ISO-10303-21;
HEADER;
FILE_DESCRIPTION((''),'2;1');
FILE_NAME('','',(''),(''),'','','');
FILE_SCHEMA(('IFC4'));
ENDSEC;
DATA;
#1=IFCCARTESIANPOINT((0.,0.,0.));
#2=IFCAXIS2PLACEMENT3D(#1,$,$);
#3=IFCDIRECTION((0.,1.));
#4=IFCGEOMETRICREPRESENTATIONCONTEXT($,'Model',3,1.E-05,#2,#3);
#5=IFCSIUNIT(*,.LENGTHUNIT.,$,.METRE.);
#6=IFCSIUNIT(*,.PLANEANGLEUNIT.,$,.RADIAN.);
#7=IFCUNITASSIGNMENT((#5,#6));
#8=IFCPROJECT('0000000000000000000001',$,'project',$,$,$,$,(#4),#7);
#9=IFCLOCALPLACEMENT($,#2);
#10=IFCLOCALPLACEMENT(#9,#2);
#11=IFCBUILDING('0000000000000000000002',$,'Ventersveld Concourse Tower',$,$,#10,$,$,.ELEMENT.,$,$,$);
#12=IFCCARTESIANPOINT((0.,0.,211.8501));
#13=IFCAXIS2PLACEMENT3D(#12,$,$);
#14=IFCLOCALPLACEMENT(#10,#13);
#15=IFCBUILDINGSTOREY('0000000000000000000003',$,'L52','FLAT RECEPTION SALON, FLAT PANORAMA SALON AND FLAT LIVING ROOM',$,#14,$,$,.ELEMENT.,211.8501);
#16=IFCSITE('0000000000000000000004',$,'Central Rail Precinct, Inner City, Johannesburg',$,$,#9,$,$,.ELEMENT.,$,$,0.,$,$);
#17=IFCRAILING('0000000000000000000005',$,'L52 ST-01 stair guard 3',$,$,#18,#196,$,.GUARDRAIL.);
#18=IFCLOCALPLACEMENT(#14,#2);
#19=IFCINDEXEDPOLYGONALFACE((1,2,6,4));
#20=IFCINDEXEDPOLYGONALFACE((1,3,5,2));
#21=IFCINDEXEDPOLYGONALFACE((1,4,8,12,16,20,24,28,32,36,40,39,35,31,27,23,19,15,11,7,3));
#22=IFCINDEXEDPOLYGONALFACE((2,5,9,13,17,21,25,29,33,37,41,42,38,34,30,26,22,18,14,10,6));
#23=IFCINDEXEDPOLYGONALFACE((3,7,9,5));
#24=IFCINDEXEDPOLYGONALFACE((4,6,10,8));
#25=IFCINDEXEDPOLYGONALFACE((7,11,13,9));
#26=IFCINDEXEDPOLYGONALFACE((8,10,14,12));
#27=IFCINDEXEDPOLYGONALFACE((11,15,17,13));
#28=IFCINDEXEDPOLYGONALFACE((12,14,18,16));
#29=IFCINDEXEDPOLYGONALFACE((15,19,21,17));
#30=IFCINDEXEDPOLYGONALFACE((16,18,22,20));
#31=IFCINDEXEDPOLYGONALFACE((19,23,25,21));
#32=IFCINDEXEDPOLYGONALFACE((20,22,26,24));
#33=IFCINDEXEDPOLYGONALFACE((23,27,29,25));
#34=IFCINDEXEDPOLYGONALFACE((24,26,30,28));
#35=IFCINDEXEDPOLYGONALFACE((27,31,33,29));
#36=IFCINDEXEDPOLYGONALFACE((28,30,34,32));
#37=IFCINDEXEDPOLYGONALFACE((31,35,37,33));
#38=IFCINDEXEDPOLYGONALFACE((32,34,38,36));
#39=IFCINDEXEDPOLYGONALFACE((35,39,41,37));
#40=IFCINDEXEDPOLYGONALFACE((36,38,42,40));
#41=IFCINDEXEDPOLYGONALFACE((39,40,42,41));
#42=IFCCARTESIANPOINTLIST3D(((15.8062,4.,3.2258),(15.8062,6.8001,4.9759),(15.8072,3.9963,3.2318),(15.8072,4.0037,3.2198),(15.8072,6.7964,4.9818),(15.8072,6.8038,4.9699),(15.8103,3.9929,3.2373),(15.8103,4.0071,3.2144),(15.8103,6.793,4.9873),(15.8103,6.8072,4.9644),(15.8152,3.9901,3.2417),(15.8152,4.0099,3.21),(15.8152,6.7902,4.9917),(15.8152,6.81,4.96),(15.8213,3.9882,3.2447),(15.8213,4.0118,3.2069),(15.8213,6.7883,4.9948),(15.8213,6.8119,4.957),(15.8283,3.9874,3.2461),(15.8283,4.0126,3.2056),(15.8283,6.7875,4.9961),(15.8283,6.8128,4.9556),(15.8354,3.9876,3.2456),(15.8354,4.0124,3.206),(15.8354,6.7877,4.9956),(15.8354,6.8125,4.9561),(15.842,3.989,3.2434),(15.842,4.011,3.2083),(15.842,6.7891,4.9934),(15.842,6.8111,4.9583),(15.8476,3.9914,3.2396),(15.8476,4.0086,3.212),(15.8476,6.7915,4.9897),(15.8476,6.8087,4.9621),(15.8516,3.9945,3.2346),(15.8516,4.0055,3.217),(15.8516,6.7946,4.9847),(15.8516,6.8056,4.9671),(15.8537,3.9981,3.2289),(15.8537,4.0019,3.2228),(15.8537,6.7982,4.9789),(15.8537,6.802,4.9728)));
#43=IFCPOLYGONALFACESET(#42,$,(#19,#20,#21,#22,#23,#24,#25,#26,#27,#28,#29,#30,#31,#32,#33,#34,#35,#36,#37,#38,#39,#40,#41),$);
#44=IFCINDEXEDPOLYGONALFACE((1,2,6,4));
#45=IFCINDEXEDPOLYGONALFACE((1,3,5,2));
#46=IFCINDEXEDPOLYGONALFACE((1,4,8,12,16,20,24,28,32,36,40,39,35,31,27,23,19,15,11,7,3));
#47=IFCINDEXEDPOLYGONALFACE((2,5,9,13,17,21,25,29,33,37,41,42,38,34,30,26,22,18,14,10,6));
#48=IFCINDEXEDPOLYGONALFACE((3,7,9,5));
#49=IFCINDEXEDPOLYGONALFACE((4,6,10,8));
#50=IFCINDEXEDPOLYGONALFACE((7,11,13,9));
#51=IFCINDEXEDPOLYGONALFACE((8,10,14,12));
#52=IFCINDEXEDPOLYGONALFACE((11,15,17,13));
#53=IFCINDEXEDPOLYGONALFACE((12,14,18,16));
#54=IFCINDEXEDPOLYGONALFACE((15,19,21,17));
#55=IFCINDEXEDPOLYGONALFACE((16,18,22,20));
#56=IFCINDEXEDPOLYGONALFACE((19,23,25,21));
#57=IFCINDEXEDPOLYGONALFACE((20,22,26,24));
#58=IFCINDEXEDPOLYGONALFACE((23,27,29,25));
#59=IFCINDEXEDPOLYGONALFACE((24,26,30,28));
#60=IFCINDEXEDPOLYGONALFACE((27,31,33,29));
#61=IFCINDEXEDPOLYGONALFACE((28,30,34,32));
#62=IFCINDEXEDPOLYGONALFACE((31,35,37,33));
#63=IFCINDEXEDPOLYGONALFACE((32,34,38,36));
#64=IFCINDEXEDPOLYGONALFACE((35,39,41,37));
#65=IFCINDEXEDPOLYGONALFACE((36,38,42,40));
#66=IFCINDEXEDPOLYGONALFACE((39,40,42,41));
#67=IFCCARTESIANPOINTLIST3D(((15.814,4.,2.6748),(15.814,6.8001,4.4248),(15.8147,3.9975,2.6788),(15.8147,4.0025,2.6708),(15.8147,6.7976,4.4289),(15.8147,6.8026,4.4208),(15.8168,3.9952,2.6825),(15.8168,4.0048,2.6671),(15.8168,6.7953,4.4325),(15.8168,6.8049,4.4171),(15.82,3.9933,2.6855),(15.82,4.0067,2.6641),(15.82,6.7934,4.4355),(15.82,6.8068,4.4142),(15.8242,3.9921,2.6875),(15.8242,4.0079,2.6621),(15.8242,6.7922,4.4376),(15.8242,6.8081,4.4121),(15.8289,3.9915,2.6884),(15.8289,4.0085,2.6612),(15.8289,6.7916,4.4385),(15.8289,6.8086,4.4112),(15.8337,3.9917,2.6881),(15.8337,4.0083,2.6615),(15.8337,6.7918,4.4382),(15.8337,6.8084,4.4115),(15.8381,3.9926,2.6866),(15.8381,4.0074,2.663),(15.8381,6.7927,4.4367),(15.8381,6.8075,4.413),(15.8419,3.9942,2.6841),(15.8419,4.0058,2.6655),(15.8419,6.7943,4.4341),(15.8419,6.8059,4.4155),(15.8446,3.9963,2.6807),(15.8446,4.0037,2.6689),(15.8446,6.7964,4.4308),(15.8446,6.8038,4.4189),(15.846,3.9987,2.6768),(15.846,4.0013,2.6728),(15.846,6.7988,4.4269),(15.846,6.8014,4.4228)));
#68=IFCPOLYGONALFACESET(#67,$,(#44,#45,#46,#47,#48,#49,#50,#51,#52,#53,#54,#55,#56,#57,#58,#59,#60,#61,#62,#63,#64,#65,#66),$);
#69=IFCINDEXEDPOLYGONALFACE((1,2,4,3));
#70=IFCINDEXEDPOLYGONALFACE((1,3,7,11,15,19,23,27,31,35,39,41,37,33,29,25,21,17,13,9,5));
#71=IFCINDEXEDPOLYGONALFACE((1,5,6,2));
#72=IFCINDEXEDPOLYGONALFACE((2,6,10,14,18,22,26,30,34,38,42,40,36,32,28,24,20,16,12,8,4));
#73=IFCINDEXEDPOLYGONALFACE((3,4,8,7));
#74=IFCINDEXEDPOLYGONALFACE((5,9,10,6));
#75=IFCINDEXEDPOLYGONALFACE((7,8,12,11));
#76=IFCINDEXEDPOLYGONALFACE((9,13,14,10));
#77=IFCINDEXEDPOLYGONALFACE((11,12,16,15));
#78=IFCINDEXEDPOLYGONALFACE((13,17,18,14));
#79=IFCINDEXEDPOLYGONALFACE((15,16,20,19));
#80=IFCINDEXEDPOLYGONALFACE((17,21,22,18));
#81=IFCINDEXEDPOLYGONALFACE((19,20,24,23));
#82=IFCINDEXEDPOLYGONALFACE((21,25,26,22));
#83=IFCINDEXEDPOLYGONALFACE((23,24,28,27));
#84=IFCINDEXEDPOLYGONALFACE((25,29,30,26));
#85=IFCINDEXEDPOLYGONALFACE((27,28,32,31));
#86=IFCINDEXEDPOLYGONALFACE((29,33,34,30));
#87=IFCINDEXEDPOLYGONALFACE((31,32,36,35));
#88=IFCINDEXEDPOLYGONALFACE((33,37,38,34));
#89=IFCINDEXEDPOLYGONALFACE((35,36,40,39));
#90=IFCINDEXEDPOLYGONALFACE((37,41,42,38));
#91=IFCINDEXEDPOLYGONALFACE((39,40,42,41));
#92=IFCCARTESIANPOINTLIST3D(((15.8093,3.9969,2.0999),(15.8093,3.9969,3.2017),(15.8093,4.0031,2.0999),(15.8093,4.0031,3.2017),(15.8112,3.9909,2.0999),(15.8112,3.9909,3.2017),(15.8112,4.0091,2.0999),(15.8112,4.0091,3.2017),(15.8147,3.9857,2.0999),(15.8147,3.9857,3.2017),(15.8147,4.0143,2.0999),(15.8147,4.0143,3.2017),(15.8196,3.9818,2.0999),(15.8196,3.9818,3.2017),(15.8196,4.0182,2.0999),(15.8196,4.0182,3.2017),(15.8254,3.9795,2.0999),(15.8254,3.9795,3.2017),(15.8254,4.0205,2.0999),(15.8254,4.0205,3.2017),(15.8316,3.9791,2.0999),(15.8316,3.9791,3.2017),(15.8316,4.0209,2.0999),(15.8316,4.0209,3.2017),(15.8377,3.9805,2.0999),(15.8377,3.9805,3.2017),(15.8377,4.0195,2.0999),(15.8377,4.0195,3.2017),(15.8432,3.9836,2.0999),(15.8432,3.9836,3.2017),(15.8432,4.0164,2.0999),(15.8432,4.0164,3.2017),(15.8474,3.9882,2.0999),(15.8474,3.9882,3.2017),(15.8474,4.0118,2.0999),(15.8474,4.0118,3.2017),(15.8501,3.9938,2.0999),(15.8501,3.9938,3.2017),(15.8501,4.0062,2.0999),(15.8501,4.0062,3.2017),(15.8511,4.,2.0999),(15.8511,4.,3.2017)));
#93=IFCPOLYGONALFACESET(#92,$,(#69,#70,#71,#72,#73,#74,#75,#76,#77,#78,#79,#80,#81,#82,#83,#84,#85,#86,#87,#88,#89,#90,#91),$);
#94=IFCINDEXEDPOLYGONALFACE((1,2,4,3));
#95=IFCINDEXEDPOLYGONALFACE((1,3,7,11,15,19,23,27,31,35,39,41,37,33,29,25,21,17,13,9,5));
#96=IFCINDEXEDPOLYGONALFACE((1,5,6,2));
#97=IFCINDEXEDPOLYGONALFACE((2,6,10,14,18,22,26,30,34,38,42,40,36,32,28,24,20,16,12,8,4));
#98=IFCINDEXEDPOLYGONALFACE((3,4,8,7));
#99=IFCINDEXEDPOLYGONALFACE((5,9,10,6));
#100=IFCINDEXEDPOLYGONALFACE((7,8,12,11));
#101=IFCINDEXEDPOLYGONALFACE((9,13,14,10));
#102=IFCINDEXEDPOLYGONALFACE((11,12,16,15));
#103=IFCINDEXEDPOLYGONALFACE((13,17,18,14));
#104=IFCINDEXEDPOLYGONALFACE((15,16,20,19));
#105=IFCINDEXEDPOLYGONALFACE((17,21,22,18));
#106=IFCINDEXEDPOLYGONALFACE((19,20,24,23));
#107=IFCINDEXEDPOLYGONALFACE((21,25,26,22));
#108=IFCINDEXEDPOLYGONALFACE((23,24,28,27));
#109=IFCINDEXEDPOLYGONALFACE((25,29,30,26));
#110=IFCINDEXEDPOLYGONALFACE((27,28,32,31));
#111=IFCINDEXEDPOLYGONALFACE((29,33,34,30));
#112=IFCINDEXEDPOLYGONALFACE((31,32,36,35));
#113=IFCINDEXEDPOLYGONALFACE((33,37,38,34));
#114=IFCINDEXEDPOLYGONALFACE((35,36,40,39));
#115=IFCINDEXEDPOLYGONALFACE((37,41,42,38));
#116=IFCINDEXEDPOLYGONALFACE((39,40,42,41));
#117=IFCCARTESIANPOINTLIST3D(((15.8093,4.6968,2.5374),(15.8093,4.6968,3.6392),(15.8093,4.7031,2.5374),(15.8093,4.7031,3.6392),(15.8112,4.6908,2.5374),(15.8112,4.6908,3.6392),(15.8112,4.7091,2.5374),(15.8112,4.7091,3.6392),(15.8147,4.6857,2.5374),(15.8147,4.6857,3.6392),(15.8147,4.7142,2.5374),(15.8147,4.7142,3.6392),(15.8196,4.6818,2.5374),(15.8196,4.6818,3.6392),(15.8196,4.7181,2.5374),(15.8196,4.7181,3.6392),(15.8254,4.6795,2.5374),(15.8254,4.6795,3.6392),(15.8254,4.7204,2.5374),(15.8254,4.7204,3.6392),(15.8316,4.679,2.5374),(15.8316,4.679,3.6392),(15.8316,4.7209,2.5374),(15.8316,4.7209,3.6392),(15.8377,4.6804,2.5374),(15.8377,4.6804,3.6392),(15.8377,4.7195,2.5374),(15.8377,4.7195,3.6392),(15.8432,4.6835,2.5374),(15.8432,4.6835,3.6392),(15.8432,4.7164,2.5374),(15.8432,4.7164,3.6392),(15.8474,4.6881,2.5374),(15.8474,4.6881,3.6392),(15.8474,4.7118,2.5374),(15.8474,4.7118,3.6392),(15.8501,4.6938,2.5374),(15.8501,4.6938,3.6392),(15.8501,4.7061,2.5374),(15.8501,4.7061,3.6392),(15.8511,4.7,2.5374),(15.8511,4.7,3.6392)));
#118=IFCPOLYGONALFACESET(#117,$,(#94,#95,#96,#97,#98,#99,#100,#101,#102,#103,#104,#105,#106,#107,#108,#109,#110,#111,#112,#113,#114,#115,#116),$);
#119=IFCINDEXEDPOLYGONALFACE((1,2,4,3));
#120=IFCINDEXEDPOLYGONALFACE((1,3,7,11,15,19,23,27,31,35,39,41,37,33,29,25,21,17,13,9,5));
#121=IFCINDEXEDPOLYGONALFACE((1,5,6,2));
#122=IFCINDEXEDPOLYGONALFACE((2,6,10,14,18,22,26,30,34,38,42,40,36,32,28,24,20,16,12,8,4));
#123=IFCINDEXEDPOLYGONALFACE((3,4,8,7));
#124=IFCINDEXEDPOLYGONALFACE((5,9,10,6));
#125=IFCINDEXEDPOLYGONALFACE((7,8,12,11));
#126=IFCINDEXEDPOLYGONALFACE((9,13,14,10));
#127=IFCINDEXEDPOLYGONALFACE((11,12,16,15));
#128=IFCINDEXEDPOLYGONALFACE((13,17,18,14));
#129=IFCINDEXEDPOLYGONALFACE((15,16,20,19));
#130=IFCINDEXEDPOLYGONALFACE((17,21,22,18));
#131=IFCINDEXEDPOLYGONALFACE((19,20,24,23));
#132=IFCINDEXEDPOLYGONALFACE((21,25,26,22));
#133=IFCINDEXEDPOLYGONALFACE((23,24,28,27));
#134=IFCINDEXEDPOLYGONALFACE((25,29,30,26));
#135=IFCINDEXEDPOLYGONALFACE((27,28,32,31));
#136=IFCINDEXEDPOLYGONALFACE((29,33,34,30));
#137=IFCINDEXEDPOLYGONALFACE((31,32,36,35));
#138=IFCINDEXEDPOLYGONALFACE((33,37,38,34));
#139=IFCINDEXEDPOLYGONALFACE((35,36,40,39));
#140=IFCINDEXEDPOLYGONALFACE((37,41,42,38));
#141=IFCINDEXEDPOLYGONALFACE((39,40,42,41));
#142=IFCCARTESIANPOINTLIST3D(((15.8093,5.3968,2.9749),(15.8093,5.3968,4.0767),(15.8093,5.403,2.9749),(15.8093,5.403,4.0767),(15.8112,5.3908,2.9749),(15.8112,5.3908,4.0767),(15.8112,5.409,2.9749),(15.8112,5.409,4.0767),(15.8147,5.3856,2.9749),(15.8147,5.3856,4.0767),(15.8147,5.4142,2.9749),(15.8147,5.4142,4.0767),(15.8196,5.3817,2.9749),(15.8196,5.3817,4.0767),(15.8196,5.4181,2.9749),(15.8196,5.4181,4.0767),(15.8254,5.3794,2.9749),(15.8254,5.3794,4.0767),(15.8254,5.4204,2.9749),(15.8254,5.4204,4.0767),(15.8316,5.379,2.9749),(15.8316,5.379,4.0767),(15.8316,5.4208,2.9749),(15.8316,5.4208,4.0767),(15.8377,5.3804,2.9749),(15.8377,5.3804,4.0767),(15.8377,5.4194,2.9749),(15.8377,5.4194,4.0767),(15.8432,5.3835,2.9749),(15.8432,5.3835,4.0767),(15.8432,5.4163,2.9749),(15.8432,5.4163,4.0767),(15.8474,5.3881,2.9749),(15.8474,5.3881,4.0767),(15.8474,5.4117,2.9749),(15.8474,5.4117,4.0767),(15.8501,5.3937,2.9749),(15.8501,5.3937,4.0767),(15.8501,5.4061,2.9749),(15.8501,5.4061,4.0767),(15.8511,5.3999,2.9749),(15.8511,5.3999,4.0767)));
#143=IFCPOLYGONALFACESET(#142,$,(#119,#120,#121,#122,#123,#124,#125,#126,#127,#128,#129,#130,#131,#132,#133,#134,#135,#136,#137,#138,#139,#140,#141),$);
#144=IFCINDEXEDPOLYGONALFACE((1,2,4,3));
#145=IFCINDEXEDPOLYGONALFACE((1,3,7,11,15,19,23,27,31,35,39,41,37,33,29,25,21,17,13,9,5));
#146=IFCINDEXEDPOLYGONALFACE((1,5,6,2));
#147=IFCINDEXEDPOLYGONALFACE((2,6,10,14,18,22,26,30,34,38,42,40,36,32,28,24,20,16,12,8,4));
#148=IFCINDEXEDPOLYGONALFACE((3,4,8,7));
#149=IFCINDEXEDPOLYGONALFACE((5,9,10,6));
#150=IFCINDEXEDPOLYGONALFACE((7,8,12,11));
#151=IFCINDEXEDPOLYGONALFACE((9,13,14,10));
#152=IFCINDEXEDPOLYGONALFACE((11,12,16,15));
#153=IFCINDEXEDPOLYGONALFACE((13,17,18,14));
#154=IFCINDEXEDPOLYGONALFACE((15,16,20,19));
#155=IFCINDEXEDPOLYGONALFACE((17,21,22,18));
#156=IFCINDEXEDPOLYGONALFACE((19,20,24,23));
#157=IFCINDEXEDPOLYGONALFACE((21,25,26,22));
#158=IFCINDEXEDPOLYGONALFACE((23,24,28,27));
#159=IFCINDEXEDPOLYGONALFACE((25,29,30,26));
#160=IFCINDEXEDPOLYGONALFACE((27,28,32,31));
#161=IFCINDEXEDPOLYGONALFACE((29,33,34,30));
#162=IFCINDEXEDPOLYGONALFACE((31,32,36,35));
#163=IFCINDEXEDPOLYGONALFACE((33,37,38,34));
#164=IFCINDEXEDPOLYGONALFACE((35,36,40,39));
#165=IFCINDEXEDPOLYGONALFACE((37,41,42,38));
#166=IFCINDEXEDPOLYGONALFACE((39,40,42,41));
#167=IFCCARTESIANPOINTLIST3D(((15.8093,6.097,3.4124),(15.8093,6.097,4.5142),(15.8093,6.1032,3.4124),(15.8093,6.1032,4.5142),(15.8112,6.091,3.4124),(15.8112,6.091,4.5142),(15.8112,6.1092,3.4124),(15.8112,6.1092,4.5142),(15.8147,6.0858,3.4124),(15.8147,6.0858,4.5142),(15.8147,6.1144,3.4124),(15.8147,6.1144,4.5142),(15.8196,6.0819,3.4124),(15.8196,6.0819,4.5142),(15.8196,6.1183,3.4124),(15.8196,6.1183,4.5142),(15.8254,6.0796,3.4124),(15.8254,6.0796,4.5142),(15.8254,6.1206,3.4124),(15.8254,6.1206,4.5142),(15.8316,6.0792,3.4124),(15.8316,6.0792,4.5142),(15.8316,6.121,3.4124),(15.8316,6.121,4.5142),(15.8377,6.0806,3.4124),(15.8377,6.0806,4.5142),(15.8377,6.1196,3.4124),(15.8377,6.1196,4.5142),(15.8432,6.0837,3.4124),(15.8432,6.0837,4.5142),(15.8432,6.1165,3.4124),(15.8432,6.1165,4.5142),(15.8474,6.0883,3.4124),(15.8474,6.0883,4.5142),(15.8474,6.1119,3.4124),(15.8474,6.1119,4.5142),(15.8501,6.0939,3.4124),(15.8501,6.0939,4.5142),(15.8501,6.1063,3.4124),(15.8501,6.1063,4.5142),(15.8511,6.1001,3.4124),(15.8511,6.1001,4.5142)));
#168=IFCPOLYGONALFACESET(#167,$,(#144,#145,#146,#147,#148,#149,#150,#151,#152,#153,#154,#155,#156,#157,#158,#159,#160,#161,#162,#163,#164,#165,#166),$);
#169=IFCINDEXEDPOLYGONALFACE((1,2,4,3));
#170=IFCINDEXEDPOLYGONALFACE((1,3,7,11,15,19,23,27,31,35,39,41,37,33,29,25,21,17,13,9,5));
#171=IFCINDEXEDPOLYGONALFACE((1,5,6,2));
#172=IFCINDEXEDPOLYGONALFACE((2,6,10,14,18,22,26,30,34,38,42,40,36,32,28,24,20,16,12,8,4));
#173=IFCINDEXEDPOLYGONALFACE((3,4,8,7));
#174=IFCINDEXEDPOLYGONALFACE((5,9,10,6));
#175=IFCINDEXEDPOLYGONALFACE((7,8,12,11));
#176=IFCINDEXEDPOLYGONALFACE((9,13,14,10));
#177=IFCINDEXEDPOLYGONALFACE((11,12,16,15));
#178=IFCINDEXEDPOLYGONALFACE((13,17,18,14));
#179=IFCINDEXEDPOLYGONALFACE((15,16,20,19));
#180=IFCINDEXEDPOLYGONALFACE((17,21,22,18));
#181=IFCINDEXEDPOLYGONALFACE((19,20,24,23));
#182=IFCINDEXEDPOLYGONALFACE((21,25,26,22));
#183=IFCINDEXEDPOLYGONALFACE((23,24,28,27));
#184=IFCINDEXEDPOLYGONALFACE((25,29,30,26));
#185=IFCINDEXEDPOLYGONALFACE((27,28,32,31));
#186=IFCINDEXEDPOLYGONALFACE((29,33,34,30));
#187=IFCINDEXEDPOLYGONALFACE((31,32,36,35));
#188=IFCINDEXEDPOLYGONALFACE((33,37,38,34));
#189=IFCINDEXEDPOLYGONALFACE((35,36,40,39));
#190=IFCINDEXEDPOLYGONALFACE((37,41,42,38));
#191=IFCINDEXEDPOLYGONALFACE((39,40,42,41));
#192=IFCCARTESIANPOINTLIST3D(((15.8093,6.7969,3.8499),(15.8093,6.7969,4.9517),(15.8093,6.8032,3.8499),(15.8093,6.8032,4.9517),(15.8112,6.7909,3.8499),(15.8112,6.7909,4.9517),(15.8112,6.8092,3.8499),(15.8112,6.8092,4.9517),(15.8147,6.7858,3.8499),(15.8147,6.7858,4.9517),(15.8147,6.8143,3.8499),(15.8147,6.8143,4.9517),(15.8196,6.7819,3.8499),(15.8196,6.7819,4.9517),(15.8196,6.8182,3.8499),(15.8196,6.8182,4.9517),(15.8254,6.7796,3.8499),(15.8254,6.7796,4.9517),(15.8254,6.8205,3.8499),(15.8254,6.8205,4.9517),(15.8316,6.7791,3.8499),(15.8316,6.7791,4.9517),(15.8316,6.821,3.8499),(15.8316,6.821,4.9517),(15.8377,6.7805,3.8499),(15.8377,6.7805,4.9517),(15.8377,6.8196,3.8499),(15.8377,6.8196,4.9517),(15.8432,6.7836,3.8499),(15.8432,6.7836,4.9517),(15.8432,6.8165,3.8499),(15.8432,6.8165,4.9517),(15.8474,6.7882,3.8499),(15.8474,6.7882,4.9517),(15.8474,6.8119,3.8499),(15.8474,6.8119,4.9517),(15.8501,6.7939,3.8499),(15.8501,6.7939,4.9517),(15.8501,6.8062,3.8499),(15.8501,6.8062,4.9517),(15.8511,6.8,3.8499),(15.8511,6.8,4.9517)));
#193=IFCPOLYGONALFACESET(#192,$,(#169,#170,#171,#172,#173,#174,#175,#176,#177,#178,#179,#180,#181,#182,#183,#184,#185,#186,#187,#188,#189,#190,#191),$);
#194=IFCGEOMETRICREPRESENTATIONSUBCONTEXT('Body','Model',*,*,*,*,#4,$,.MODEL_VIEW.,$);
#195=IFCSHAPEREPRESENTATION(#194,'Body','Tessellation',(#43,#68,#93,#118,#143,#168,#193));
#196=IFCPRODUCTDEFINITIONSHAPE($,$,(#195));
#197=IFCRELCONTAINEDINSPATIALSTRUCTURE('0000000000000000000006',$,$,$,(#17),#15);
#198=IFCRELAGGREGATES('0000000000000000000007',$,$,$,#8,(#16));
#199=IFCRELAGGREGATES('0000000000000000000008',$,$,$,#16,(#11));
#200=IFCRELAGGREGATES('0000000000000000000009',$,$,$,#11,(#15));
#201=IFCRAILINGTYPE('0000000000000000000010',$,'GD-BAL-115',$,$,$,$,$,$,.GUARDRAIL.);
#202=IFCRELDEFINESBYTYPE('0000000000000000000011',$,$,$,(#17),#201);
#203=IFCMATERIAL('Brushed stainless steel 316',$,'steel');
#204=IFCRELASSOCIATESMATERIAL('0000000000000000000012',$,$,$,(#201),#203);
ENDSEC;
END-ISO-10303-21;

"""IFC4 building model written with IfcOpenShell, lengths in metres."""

from ifc_helpers import new_model, si_unit, direction, frame, origin, origin_2d, place, context, subcontext, project, spatial, circle, extrude, material, type_object, element, save


model = new_model("IFC4")

# Units and contexts
model_context = context("Model", 3, precision=1e-05, world=origin(), true_north=direction((0.0, 1.0)))
body_context = subcontext(model_context, "Body", "Model", "MODEL_VIEW")
ifc_project = project(units=[si_unit("LENGTHUNIT", "METRE"), si_unit("PLANEANGLEUNIT", "RADIAN")], contexts=[model_context])

# Site, building, storey
site_placement = place(None, origin())
site = spatial("IfcSite", under=ifc_project, at=site_placement, Name="Central Rail Precinct, Inner City, Johannesburg", CompositionType="ELEMENT", RefElevation=0.0)
building_placement = place(site_placement, origin())
building = spatial("IfcBuilding", under=site, at=building_placement, Name="Ventersveld Concourse Tower", CompositionType="ELEMENT")
storey_placement = place(building_placement, frame((0.0, 0.0, 211.8501)))
storey = spatial("IfcBuildingStorey", under=building, at=storey_placement, Name="L52", Description="FLAT RECEPTION SALON, FLAT PANORAMA SALON AND FLAT LIVING ROOM", CompositionType="ELEMENT", Elevation=211.8501)

# Shared definitions
ifc_material_1 = material(Name="Brushed stainless steel 316", Category="steel")

# Railing
railing_type_1 = type_object("IfcRailingType", Name="GD-BAL-115", PredefinedType="GUARDRAIL", material=ifc_material_1)
railing_1_placement = place(storey_placement, frame((15.8301, 4.0, 2.0999)))
element("IfcRailing", 1, at=railing_1_placement, inside=storey, type_object=railing_type_1, Name="L52 ST-01 stair guard 3", PredefinedType="GUARDRAIL", context=body_context, shape_type="SweptSolid", body=[
    extrude(circle(Radius=0.0239, at=origin_2d()), frame((0.0, 0.0, 1.126), z_axis=(0.0, 0.848002, 0.529992), x_axis=(-1.0, 0.0, 0.0)), (0.0, 0.0, 1.0), 3.302),
    extrude(circle(Radius=0.0161, at=origin_2d()), frame((0.0, 0.0, 0.575), z_axis=(0.0, 0.848002, 0.529992), x_axis=(-1.0, 0.0, 0.0)), (0.0, 0.0, 1.0), 3.302),
    extrude(circle(Radius=0.021, at=origin_2d()), origin(), (0.0, 0.0, 1.0), 1.1018),
    extrude(circle(Radius=0.021, at=origin_2d()), frame((0.0, 0.7, 0.4375)), (0.0, 0.0, 1.0), 1.1018),
    extrude(circle(Radius=0.021, at=origin_2d()), frame((0.0, 1.3999, 0.875)), (0.0, 0.0, 1.0), 1.1018),
    extrude(circle(Radius=0.021, at=origin_2d()), frame((0.0, 2.1001, 1.3125)), (0.0, 0.0, 1.0), 1.1018),
    extrude(circle(Radius=0.021, at=origin_2d()), frame((0.0, 2.8, 1.75)), (0.0, 0.0, 1.0), 1.1018),
])

save(model, "model.ifc")
